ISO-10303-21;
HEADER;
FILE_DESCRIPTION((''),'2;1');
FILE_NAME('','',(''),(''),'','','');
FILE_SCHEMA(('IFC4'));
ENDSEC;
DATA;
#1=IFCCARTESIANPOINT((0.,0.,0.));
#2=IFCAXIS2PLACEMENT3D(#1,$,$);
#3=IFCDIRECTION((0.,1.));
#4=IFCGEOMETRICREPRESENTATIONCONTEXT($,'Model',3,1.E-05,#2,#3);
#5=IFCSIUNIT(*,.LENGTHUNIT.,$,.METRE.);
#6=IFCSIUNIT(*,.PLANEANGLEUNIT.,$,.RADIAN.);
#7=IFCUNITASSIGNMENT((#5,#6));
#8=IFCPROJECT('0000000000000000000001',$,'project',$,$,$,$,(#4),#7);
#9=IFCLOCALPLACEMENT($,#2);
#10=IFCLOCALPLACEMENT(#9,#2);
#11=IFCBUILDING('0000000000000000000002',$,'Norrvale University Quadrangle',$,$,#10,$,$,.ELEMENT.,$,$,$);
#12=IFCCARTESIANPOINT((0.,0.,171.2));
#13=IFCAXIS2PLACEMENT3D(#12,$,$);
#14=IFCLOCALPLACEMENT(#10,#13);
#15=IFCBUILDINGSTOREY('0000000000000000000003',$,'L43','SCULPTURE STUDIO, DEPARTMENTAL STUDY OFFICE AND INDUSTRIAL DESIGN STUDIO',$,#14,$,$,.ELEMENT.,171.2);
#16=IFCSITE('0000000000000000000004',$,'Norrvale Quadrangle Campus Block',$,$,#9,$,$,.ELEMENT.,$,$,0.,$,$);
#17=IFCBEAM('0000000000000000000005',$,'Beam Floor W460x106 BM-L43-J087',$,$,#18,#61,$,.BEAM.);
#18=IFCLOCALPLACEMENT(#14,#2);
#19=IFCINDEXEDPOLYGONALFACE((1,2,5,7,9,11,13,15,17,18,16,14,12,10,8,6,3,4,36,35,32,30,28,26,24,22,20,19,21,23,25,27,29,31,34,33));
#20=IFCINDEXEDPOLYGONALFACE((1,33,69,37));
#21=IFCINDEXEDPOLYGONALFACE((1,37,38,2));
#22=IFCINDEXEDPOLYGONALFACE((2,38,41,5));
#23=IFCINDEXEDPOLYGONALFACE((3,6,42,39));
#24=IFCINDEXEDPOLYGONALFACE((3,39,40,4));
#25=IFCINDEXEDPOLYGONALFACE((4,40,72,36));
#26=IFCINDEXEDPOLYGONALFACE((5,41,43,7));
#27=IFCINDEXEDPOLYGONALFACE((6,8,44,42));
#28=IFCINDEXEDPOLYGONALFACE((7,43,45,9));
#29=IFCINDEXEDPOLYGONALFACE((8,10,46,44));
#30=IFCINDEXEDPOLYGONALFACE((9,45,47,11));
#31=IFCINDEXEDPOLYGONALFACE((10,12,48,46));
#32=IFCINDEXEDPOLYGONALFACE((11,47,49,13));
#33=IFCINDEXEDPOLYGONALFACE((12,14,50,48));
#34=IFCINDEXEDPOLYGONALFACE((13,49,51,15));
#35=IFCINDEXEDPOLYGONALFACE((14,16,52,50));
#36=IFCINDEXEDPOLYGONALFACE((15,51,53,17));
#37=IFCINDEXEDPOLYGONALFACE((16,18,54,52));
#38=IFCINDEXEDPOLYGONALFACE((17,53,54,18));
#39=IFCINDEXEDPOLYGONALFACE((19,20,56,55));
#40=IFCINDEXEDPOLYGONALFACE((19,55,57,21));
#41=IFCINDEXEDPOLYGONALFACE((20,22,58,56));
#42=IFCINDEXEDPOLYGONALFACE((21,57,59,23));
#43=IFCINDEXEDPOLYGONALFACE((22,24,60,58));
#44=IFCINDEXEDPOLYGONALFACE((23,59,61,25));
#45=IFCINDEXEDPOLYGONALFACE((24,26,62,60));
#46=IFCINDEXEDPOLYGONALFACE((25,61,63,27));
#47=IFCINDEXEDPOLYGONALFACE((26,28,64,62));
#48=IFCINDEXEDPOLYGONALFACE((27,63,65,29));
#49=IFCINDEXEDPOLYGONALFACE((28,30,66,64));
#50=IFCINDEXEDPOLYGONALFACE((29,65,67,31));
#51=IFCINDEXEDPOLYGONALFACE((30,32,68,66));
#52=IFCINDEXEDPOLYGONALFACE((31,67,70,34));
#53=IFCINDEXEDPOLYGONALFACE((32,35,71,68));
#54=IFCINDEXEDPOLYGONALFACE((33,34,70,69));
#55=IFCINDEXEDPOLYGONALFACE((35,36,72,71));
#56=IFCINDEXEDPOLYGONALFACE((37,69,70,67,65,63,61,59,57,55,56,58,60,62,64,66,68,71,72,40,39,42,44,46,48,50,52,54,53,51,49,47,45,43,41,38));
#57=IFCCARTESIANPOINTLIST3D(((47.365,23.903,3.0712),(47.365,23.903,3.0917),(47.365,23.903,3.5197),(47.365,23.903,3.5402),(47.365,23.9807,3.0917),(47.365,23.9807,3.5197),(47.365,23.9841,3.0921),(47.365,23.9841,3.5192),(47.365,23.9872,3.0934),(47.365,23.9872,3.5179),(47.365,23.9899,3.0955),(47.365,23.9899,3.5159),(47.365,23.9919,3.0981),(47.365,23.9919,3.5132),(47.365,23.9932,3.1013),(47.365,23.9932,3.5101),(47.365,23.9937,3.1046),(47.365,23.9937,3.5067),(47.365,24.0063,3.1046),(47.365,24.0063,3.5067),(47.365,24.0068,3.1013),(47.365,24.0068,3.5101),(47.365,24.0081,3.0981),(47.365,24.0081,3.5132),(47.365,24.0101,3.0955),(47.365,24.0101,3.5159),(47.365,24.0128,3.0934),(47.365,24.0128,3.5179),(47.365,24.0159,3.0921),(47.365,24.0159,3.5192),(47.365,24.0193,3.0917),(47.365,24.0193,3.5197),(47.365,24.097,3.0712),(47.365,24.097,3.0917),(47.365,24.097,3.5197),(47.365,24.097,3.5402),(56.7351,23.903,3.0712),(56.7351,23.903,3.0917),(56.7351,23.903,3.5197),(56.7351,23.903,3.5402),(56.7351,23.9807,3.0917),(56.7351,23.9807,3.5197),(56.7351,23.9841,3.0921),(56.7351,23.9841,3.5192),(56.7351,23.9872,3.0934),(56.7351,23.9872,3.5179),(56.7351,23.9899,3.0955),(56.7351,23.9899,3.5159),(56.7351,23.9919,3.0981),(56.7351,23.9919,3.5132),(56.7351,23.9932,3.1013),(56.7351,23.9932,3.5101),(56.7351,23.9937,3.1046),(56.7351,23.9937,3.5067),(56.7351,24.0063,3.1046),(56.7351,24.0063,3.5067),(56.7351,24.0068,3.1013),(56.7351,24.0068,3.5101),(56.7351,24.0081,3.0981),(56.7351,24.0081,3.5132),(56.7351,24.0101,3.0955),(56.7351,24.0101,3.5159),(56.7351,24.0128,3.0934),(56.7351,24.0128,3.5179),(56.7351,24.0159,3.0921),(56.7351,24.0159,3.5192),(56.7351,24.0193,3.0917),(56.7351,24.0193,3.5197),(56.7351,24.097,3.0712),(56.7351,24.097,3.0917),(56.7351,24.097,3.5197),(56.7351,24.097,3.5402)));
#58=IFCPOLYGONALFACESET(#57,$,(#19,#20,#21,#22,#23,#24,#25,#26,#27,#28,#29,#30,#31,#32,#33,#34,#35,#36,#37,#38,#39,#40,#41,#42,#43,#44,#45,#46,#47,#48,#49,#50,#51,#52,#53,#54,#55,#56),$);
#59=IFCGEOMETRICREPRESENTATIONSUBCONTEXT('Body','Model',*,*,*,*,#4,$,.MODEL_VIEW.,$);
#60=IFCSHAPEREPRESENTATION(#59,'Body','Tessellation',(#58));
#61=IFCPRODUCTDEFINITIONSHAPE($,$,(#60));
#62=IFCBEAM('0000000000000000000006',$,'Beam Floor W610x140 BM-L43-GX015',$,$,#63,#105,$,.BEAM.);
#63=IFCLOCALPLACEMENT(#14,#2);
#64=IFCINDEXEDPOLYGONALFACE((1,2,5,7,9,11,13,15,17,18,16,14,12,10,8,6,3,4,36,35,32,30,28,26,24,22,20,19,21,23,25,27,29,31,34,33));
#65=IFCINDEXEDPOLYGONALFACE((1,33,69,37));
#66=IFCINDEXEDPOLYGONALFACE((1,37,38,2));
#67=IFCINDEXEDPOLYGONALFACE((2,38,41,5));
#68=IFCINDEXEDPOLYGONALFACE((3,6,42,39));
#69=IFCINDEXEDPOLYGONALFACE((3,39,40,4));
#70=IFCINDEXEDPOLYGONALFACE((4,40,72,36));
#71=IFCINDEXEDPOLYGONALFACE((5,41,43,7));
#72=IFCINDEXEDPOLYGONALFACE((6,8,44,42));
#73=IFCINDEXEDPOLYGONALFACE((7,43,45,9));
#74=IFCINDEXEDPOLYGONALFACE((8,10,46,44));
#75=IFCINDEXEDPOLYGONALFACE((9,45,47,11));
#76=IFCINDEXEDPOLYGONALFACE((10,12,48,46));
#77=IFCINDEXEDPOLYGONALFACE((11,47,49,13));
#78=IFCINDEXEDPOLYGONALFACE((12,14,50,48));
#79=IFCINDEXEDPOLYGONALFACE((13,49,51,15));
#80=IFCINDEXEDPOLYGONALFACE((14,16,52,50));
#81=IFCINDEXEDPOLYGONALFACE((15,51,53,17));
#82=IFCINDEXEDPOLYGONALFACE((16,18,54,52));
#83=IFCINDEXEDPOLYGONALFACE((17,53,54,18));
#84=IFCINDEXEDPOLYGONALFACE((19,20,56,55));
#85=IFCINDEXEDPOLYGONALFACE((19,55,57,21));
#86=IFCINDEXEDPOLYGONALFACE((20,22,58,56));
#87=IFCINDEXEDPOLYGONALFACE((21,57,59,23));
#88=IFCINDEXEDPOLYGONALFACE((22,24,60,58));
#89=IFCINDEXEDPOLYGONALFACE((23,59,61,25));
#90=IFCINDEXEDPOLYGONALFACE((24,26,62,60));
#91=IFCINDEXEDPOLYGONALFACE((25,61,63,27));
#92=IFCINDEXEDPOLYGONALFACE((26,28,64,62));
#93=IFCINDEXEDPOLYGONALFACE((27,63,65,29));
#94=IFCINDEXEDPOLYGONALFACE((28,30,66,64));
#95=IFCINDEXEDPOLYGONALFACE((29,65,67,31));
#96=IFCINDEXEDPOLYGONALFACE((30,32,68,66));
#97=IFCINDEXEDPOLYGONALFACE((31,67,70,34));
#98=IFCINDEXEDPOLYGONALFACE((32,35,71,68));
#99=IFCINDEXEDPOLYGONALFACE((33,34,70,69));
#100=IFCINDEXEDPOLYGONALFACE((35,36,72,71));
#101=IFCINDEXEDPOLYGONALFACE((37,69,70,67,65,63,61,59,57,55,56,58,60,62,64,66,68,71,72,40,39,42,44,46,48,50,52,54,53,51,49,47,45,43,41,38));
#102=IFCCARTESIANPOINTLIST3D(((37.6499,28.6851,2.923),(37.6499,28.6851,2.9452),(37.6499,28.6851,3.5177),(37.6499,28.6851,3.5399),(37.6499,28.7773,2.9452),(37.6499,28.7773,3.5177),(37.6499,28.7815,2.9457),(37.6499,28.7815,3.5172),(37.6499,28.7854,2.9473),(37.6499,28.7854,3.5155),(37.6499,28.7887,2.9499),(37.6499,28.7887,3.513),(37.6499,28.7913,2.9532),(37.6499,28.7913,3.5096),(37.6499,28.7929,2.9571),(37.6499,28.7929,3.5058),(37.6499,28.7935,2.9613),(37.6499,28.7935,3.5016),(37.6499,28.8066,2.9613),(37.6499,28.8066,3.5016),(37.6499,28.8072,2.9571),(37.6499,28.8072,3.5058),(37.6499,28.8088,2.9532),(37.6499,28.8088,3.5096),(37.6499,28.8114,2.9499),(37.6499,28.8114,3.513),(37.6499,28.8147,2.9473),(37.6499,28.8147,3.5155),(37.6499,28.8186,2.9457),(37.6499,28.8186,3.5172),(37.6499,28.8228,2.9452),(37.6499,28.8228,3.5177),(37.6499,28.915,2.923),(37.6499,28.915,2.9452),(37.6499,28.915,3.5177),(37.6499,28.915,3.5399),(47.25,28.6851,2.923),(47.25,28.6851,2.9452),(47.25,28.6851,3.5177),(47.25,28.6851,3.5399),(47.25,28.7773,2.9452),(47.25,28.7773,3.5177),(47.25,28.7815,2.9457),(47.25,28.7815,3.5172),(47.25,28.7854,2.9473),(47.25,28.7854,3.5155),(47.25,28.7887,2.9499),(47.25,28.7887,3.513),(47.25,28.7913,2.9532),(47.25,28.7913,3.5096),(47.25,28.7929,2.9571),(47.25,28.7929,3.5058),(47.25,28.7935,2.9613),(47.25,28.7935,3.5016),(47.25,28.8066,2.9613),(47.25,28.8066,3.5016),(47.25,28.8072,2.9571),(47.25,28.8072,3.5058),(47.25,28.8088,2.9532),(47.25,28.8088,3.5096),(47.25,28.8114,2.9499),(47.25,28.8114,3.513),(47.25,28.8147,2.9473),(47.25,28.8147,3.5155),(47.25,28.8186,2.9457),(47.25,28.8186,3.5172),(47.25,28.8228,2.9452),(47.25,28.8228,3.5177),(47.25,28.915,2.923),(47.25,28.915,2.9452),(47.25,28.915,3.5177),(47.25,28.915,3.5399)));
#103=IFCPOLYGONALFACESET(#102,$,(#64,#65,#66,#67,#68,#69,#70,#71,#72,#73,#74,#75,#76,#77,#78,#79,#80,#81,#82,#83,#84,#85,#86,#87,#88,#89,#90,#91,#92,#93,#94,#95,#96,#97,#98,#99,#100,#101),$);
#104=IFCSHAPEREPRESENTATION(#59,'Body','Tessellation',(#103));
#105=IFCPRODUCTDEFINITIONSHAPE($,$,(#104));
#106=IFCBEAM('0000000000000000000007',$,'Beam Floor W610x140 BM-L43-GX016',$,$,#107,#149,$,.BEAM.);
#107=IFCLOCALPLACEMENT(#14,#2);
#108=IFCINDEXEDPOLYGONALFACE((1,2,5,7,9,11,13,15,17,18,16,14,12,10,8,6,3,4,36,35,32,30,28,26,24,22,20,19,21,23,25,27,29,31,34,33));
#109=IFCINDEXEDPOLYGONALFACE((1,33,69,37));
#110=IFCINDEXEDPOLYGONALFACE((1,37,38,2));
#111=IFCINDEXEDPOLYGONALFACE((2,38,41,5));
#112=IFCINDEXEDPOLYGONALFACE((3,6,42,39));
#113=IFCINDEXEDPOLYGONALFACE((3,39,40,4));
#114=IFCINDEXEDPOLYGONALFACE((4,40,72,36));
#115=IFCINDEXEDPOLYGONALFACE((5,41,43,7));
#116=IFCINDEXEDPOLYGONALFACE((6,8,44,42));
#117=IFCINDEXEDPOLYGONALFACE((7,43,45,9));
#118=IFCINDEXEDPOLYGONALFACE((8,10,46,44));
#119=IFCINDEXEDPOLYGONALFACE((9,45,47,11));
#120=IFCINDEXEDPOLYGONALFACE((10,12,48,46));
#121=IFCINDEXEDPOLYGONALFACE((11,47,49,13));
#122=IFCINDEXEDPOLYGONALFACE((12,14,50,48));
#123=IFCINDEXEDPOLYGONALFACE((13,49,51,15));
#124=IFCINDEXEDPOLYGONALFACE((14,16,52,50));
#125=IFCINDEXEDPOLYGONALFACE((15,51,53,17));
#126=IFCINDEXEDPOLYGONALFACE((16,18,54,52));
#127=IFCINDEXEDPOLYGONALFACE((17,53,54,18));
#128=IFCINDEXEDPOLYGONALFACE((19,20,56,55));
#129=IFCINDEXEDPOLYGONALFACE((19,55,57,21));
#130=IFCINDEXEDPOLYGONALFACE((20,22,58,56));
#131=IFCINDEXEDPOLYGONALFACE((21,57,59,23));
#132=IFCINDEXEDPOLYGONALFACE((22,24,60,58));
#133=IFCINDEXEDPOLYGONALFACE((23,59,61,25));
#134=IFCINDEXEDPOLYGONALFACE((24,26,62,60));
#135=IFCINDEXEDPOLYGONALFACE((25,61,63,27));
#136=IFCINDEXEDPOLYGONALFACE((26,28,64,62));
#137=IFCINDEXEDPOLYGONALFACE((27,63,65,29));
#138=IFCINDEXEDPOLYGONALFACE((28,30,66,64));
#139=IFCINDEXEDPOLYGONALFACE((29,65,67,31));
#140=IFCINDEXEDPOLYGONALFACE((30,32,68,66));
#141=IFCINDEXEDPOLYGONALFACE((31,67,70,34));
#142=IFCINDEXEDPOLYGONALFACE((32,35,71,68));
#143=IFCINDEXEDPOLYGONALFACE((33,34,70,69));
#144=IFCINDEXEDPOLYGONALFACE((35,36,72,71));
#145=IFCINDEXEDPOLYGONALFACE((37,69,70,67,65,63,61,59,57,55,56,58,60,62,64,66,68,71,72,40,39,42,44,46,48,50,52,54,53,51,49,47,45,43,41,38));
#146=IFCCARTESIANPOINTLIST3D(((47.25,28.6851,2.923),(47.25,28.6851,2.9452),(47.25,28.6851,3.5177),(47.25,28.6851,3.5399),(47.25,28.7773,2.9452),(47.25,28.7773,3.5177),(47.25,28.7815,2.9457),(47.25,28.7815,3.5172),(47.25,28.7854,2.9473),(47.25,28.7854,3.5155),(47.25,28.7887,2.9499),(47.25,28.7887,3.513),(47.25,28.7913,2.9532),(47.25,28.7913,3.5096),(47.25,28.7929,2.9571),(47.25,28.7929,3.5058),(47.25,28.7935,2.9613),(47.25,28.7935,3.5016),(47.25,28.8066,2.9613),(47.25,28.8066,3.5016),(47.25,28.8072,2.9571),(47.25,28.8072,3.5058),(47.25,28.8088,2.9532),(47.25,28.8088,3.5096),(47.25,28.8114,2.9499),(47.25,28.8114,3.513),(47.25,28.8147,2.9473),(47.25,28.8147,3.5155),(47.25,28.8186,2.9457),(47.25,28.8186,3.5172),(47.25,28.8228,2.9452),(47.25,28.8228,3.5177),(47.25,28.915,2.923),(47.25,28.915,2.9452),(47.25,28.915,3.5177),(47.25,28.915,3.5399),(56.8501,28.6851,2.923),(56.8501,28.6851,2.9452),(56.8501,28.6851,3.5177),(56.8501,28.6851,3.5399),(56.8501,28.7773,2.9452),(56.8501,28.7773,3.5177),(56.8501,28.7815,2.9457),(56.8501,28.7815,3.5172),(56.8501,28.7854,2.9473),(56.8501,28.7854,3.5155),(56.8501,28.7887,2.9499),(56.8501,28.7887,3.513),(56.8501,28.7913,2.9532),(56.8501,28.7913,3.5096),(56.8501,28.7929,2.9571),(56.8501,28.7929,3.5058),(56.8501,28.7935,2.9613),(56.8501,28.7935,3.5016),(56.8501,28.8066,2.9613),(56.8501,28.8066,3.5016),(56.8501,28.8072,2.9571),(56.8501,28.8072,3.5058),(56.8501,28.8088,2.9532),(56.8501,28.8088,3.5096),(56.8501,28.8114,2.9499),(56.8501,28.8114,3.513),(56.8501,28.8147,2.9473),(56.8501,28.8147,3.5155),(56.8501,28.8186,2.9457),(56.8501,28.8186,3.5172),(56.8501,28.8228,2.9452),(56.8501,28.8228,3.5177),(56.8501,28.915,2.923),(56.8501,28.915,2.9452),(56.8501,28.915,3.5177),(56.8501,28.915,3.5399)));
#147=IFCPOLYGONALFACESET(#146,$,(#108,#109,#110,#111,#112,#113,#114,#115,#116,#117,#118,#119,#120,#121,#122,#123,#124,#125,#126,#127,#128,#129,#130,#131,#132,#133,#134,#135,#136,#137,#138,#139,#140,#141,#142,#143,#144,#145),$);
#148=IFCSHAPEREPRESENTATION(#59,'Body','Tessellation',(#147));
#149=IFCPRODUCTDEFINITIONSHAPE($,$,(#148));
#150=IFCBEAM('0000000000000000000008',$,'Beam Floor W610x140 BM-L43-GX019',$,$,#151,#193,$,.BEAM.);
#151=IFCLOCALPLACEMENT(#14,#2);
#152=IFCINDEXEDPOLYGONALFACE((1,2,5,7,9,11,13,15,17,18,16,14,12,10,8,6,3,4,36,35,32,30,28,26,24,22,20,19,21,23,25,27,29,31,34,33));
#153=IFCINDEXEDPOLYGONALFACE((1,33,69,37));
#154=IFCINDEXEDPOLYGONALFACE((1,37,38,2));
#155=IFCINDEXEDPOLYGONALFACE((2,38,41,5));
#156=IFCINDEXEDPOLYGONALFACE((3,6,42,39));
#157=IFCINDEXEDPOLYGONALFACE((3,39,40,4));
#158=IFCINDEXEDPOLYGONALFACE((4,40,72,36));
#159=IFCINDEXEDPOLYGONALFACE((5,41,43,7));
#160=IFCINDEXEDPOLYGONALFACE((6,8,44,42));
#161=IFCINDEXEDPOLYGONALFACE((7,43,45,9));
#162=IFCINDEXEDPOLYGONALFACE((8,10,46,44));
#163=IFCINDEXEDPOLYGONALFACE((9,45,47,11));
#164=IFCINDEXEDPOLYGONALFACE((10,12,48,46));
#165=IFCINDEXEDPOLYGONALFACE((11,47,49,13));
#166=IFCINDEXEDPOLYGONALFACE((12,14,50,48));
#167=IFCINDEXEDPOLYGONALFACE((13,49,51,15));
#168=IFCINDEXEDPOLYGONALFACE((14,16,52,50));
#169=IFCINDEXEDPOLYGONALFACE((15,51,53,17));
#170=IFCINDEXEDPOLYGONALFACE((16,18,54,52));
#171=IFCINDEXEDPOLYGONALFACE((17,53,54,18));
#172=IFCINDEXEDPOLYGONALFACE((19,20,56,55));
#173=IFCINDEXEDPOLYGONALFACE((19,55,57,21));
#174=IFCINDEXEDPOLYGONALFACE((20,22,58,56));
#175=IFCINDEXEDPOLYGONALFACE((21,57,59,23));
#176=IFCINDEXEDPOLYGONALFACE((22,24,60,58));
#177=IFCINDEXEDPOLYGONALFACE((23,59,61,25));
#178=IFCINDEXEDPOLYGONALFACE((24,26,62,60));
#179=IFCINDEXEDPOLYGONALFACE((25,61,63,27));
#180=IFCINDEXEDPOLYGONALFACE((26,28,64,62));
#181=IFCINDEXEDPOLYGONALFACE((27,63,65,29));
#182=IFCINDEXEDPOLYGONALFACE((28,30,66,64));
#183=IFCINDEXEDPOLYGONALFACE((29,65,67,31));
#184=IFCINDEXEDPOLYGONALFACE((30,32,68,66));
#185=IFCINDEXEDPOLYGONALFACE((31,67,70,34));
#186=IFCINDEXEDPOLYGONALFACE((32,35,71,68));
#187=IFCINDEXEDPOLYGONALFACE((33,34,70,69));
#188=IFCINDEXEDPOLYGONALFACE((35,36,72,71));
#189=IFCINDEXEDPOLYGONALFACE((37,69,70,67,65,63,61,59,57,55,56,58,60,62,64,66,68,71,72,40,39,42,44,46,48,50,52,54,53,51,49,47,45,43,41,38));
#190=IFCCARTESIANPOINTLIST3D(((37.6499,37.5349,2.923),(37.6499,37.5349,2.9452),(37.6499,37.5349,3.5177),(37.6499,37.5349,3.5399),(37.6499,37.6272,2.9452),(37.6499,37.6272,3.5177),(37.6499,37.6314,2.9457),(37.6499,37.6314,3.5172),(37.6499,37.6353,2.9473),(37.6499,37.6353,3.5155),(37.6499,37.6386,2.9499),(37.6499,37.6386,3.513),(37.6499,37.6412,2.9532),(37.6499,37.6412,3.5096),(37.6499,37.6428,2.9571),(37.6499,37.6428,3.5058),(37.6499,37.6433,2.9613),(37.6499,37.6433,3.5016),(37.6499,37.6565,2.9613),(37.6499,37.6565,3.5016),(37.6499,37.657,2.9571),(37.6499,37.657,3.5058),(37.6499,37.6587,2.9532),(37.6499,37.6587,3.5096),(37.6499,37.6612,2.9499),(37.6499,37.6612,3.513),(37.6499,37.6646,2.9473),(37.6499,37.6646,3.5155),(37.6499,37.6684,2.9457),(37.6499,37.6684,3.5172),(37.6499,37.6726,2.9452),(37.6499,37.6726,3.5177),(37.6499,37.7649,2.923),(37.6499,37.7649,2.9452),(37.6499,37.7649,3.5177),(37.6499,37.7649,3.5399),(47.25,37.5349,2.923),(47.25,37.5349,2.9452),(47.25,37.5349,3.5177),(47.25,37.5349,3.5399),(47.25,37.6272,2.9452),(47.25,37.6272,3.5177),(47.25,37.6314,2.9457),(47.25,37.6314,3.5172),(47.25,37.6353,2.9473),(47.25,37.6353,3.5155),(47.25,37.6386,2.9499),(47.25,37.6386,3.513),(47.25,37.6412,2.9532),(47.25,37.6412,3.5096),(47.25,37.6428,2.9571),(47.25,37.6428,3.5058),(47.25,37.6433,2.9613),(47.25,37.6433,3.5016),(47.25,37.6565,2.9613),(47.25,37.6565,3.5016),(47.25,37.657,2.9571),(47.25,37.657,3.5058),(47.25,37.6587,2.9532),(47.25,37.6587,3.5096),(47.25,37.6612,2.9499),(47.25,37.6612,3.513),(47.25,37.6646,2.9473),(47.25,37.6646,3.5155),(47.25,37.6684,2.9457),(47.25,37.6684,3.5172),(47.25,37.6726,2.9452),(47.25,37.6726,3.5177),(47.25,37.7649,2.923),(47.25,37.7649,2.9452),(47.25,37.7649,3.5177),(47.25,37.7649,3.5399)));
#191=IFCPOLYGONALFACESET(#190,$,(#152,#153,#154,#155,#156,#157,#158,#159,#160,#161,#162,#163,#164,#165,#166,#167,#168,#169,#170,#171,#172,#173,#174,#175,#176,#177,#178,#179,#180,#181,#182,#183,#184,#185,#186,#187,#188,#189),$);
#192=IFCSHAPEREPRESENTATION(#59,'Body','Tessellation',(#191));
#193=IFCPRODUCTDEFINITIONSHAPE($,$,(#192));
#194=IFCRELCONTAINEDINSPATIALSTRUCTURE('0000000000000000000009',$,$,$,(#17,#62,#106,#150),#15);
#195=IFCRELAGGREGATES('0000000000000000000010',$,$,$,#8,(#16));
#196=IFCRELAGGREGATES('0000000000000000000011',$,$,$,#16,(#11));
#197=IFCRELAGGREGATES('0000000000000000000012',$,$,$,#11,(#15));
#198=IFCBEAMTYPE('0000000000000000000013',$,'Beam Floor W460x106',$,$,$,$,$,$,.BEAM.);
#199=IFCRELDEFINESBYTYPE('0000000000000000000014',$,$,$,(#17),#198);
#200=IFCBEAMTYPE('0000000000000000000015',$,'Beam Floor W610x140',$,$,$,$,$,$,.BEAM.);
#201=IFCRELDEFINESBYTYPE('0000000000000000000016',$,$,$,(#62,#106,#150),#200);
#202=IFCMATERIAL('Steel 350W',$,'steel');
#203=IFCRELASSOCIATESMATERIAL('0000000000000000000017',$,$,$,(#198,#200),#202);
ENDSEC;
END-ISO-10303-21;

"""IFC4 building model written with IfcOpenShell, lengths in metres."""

from ifc_helpers import new_model, si_unit, direction, frame, origin, origin_2d, place, context, subcontext, project, spatial, i_section, extrude, material, material_profile, profile_set, type_object, element, save


model = new_model("IFC4")

# Units and contexts
model_context = context("Model", 3, precision=1e-05, world=origin(), true_north=direction((0.0, 1.0)))
body_context = subcontext(model_context, "Body", "Model", "MODEL_VIEW")
ifc_project = project(units=[si_unit("LENGTHUNIT", "METRE"), si_unit("PLANEANGLEUNIT", "RADIAN")], contexts=[model_context])

# Site, building, storey
site_placement = place(None, origin())
site = spatial("IfcSite", under=ifc_project, at=site_placement, Name="Norrvale Quadrangle Campus Block", CompositionType="ELEMENT", RefElevation=0.0)
building_placement = place(site_placement, origin())
building = spatial("IfcBuilding", under=site, at=building_placement, Name="Norrvale University Quadrangle", CompositionType="ELEMENT")
storey_placement = place(building_placement, frame((0.0, 0.0, 171.2)))
storey = spatial("IfcBuildingStorey", under=building, at=storey_placement, Name="L43", Description="SCULPTURE STUDIO, DEPARTMENTAL STUDY OFFICE AND INDUSTRIAL DESIGN STUDIO", CompositionType="ELEMENT", Elevation=171.2)

# Beams
ifc_material_1 = material(Name="Steel 350W", Category="steel")
ifc_material_profile_1 = material_profile(ifc_material_1, i_section(OverallWidth=0.1941, OverallDepth=0.469, WebThickness=0.0127, FlangeThickness=0.0205, FilletRadius=0.0129, at=origin_2d()), Name="Steel 350W")
ifc_profile_set_1 = profile_set([ifc_material_profile_1], Name="Steel 350W")
beam_type_1 = type_object("IfcBeamType", Name="Beam Floor W460x106", PredefinedType="BEAM", material=ifc_profile_set_1)
for number, where, z_axis, x_axis, name in (
    (1, (47.365, 24.0, 3.3057), (1.0, 0.0, 0.0), (0.0, 1.0, 0.0), "Beam Floor W460x106 BM-L43-J087"),
):
    element("IfcBeam", number, at=place(storey_placement, frame(where, z_axis=z_axis, x_axis=x_axis)), inside=storey, type_object=beam_type_1, Name=name, PredefinedType="BEAM", context=body_context, shape_type="SweptSolid", body=[
        extrude(i_section(OverallWidth=0.1941, OverallDepth=0.469, WebThickness=0.0127, FlangeThickness=0.0205, FilletRadius=0.0129, at=origin_2d()), origin(), (0.0, 0.0, 1.0), 9.3701),
    ])
ifc_material_profile_2 = material_profile(ifc_material_1, i_section(OverallWidth=0.23, OverallDepth=0.6169, WebThickness=0.0132, FlangeThickness=0.0222, FilletRadius=0.0161, at=origin_2d()), Name="Steel 350W")
ifc_profile_set_2 = profile_set([ifc_material_profile_2], Name="Steel 350W")
beam_type_2 = type_object("IfcBeamType", Name="Beam Floor W610x140", PredefinedType="BEAM", material=ifc_profile_set_2)
for number, where, z_axis, x_axis, name in (
    (2, (37.6499, 28.8, 3.2314), (1.0, 0.0, 0.0), (0.0, 1.0, 0.0), "Beam Floor W610x140 BM-L43-GX015"),
    (3, (47.25, 28.8, 3.2314), (1.0, 0.0, 0.0), (0.0, 1.0, 0.0), "Beam Floor W610x140 BM-L43-GX016"),
    (4, (37.6499, 37.6499, 3.2314), (1.0, 0.0, 0.0), (0.0, 1.0, 0.0), "Beam Floor W610x140 BM-L43-GX019"),
):
    element("IfcBeam", number, at=place(storey_placement, frame(where, z_axis=z_axis, x_axis=x_axis)), inside=storey, type_object=beam_type_2, Name=name, PredefinedType="BEAM", context=body_context, shape_type="SweptSolid", body=[
        extrude(i_section(OverallWidth=0.23, OverallDepth=0.6169, WebThickness=0.0132, FlangeThickness=0.0222, FilletRadius=0.0161, at=origin_2d()), origin(), (0.0, 0.0, 1.0), 9.6001),
    ])

save(model, "model.ifc")
